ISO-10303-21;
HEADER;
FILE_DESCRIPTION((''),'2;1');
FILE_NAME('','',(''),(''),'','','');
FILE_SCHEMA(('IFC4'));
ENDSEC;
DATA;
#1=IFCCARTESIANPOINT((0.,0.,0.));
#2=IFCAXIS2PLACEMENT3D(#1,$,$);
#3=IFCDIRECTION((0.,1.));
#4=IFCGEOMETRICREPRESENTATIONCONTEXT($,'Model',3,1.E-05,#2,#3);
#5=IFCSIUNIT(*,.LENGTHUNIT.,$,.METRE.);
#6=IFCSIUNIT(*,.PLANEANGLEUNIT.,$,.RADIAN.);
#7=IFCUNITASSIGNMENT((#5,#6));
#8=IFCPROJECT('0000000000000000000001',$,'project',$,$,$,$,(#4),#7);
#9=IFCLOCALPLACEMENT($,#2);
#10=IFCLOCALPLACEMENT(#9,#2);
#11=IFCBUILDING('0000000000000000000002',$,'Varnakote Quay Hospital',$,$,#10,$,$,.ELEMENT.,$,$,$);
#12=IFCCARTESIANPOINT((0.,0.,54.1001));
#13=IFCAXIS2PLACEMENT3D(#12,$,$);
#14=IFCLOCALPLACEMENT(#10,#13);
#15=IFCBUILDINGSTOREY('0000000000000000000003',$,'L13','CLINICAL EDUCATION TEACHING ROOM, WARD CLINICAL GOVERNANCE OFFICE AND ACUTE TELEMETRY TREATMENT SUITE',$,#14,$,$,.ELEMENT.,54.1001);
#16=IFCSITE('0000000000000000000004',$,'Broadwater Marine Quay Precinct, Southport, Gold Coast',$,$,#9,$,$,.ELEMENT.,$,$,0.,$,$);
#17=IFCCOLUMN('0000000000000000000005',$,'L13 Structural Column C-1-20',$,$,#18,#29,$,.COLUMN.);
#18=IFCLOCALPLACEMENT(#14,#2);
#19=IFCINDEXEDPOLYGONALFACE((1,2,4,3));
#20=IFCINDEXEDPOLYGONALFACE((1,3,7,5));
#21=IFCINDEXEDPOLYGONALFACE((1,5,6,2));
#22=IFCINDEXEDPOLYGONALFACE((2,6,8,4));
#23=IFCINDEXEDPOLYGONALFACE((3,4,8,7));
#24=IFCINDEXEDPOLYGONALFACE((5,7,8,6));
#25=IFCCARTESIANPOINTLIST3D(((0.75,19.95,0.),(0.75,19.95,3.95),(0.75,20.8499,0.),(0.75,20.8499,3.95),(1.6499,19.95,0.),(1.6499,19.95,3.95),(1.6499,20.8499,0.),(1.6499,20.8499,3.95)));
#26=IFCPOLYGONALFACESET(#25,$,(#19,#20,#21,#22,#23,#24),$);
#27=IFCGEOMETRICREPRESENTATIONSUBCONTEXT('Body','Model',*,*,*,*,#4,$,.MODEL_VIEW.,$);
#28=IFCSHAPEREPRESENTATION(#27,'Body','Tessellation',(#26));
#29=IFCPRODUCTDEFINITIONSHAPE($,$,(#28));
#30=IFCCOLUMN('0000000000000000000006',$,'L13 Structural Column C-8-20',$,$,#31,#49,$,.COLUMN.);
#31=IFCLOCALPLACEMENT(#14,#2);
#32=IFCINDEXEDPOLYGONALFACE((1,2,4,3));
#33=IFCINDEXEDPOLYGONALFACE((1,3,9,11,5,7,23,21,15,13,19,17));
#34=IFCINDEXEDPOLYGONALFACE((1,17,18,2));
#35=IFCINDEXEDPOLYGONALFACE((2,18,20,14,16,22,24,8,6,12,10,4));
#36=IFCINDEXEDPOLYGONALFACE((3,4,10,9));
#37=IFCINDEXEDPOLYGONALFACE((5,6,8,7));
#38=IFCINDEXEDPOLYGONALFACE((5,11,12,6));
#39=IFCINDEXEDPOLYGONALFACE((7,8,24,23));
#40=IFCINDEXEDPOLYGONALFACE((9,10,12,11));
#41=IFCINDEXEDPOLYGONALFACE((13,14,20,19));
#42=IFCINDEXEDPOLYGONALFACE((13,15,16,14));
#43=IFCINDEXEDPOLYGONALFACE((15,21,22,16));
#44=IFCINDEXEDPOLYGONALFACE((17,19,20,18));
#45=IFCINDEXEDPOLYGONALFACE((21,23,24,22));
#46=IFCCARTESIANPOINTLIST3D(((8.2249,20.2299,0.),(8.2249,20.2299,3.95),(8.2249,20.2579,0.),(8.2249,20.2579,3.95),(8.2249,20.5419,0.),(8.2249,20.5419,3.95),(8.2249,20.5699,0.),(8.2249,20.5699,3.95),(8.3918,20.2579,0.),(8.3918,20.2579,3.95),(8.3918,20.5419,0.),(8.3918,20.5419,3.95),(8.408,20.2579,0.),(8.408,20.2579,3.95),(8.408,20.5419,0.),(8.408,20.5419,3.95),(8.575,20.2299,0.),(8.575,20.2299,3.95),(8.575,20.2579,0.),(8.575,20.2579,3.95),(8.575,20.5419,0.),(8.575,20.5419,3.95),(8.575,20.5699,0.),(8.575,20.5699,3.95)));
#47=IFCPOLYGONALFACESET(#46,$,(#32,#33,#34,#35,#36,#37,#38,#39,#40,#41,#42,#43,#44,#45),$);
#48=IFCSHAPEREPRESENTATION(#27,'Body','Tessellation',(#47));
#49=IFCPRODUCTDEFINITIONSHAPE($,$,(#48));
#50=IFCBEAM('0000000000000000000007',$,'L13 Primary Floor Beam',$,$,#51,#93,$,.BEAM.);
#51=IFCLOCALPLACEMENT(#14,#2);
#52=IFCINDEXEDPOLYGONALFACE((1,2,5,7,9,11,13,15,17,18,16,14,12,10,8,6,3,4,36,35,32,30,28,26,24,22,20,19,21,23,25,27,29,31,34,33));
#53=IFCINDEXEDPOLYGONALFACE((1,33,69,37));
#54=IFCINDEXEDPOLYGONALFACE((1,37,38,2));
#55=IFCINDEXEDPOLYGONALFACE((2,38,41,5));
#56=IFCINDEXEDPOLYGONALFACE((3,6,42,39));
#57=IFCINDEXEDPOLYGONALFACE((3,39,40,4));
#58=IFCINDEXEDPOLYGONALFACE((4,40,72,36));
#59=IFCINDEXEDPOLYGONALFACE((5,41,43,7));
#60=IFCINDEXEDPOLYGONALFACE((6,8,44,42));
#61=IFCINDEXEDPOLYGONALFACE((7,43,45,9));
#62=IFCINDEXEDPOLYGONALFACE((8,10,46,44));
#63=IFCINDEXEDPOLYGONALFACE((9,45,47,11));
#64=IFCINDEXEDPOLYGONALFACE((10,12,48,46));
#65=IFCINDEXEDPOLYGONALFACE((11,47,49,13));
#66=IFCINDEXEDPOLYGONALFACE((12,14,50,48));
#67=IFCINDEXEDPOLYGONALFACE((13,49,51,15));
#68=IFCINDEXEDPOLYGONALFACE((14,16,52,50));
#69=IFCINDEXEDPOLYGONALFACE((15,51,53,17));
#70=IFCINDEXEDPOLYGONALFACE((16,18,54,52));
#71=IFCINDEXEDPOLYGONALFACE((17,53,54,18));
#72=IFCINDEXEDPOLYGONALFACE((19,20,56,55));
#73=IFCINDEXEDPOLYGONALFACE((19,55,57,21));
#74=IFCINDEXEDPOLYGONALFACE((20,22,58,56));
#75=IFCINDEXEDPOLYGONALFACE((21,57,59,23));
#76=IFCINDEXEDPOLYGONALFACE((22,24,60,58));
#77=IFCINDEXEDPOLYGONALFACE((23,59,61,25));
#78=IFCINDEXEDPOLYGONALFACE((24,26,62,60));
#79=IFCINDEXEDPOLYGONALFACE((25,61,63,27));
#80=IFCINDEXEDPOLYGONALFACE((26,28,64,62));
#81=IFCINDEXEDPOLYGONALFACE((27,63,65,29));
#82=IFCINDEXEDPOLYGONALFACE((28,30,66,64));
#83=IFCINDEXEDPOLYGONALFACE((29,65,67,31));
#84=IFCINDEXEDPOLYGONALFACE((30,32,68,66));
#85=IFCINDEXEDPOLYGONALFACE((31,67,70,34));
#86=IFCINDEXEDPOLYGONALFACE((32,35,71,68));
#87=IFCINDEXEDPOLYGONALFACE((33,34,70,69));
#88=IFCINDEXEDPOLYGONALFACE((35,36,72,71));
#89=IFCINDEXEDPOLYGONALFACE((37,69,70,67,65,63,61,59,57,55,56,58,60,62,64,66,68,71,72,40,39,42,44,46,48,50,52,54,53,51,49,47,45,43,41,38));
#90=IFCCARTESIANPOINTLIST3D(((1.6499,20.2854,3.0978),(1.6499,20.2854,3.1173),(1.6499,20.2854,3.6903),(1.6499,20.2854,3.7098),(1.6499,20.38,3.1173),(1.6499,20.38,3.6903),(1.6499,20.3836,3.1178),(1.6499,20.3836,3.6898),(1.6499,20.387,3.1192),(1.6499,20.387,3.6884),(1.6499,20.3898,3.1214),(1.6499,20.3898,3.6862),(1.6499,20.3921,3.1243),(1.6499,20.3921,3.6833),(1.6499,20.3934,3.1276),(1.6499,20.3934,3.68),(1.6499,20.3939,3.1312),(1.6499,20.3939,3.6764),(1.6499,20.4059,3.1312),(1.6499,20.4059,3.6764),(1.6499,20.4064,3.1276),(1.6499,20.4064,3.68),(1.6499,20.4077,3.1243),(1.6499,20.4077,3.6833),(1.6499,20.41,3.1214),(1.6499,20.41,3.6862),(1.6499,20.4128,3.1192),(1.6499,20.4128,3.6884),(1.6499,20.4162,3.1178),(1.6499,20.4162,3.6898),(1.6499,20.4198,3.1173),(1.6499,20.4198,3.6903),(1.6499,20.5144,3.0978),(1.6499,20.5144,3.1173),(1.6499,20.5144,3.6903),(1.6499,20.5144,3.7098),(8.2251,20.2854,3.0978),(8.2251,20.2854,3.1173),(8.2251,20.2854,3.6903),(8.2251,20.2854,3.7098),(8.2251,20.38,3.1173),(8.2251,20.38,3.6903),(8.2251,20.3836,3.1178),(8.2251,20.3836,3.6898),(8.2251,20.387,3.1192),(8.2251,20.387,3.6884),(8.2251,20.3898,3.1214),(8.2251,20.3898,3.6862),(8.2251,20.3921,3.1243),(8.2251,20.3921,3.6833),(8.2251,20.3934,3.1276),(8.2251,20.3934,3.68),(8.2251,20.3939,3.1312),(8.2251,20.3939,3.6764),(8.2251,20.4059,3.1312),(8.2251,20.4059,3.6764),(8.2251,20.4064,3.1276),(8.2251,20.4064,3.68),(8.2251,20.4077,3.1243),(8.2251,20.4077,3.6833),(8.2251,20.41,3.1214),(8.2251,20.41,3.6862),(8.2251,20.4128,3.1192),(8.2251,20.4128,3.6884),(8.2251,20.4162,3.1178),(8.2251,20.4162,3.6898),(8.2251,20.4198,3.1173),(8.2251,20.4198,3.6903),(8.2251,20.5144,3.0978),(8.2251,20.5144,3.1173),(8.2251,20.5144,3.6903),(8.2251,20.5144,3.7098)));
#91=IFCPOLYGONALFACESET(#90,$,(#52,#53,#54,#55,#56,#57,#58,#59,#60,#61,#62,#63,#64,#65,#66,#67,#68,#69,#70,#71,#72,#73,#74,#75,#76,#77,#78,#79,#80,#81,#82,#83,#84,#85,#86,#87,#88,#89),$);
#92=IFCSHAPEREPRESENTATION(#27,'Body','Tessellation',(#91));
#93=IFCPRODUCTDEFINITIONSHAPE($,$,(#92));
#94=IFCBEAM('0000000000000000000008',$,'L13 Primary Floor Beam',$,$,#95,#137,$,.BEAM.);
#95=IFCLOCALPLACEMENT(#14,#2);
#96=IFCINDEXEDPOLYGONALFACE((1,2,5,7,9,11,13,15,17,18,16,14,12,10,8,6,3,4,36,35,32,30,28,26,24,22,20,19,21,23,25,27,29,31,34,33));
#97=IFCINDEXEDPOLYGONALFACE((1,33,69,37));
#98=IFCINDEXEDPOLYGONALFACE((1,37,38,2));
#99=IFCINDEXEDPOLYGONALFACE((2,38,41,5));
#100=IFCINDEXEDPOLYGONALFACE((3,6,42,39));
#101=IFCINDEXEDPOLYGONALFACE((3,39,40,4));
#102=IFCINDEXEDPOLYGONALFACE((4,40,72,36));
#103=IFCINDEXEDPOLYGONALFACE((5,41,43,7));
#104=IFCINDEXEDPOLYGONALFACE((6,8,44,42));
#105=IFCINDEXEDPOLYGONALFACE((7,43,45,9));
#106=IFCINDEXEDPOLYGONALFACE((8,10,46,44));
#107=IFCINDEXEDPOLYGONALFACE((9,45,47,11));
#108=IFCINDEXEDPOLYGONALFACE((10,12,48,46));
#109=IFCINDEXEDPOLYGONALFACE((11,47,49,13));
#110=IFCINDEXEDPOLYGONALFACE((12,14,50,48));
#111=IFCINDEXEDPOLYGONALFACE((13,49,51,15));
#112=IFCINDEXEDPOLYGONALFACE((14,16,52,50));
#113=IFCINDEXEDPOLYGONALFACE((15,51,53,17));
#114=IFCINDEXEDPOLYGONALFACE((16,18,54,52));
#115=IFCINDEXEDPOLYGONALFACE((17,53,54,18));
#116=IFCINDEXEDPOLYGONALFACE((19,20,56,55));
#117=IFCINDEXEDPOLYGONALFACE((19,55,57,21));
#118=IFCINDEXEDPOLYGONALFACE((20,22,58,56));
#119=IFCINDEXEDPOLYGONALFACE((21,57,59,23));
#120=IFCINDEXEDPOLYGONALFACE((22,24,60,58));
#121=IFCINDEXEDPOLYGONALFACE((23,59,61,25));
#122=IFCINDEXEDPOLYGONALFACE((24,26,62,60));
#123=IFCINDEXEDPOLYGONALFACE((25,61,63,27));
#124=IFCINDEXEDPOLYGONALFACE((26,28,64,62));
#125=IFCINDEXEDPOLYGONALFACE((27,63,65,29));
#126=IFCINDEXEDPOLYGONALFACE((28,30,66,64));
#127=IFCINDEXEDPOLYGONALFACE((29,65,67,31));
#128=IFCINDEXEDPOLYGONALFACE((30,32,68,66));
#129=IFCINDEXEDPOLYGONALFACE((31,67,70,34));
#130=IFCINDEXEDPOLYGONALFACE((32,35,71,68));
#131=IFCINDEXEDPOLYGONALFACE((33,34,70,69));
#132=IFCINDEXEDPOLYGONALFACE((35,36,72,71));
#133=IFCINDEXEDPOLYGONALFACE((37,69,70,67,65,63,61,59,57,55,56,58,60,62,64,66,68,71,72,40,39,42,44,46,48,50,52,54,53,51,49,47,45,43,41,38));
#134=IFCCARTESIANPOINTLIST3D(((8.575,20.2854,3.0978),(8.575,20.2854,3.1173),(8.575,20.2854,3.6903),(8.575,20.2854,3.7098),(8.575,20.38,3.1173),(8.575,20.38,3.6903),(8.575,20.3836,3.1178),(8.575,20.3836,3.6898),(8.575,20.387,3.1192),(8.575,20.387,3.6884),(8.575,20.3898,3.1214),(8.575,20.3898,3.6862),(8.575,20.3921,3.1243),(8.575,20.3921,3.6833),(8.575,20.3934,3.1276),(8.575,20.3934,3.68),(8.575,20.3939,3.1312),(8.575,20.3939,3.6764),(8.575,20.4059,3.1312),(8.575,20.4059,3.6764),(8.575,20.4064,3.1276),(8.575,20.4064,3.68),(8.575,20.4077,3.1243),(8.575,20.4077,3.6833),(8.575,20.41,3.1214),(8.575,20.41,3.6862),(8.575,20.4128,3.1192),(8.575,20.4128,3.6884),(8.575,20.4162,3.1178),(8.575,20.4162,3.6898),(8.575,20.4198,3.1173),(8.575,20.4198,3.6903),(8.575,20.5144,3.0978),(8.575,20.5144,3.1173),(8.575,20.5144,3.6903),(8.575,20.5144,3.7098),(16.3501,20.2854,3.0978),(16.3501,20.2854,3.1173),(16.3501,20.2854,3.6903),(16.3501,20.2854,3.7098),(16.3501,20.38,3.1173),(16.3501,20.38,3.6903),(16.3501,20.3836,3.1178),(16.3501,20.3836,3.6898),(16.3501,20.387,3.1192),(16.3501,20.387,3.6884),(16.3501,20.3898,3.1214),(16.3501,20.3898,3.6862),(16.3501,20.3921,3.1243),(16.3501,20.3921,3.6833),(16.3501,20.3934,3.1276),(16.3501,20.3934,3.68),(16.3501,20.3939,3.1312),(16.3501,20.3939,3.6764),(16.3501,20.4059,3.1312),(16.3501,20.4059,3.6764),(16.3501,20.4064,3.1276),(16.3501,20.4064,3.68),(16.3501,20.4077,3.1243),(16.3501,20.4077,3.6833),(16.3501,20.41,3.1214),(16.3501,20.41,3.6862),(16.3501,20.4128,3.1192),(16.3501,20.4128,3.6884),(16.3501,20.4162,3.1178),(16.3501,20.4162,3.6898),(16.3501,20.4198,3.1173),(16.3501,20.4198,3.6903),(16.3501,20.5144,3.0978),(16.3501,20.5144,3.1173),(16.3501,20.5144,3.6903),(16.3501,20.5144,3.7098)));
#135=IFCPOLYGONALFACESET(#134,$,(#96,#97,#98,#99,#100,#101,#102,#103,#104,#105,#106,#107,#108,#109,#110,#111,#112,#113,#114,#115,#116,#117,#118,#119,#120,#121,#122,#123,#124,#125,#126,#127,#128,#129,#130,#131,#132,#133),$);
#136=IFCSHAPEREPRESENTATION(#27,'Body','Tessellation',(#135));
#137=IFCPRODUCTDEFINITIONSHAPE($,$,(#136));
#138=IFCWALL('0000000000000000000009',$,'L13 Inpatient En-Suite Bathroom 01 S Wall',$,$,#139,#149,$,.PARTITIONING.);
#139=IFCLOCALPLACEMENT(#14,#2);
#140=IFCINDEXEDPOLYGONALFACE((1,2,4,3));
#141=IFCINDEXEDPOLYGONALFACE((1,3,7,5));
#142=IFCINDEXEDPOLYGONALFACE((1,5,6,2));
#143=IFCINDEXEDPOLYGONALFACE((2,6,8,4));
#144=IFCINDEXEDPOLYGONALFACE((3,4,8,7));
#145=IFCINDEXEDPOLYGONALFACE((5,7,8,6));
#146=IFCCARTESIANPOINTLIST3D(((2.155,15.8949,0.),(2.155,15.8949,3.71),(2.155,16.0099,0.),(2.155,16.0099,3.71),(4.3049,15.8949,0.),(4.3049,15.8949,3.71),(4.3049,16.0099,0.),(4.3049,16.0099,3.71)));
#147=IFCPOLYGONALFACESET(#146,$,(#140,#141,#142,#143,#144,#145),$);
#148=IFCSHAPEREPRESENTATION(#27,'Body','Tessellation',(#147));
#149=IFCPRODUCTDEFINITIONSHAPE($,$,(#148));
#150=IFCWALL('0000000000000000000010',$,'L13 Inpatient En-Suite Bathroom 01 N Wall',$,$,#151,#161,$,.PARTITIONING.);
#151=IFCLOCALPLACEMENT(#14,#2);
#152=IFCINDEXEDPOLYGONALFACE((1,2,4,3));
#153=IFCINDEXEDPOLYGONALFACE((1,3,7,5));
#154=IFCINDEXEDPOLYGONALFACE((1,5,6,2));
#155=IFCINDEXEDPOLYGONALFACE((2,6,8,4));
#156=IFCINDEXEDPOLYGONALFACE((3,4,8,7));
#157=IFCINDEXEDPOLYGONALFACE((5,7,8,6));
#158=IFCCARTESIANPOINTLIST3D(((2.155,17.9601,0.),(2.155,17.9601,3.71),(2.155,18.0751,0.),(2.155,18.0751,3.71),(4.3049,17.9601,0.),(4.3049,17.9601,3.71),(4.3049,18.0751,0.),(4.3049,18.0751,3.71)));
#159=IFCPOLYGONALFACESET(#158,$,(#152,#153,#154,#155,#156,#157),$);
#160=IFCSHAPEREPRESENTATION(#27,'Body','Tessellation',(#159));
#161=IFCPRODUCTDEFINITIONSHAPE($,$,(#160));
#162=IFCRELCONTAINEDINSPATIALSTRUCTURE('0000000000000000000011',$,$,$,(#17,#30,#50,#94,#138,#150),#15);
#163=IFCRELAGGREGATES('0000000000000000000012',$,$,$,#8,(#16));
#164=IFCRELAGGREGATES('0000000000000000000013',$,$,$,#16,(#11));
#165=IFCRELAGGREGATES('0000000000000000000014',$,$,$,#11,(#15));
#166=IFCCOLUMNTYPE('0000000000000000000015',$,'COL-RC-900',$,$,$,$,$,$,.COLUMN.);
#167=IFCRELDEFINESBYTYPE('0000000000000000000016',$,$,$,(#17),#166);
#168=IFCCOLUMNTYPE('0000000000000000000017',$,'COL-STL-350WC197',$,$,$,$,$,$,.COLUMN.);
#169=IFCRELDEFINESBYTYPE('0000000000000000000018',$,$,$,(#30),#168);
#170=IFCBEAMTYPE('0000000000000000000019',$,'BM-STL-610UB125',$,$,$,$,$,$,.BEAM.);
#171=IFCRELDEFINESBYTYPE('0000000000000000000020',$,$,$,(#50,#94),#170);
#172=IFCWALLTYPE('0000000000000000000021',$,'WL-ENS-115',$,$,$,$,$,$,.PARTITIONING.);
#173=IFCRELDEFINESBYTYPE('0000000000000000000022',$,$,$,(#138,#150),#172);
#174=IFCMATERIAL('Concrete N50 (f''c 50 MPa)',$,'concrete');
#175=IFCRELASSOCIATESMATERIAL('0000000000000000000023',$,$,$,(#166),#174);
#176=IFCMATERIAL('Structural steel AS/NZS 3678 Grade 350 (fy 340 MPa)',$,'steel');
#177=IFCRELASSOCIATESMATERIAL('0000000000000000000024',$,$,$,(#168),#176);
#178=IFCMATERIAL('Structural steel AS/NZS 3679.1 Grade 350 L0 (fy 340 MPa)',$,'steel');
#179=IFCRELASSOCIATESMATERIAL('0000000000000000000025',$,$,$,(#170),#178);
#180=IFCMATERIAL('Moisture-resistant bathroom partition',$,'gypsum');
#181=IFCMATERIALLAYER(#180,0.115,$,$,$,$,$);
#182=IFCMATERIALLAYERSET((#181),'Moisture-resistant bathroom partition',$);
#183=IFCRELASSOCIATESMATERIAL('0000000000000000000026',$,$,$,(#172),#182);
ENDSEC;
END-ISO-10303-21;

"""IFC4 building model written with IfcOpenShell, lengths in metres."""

from ifc_helpers import new_model, si_unit, direction, frame, frame_2d, origin, origin_2d, place, context, subcontext, project, spatial, rectangle, i_section, extrude, material, layer, layer_set, material_profile, profile_set, type_object, element, save


model = new_model("IFC4")

# Units and contexts
model_context = context("Model", 3, precision=1e-05, world=origin(), true_north=direction((0.0, 1.0)))
body_context = subcontext(model_context, "Body", "Model", "MODEL_VIEW")
ifc_project = project(units=[si_unit("LENGTHUNIT", "METRE"), si_unit("PLANEANGLEUNIT", "RADIAN")], contexts=[model_context])

# Site, building, storey
site_placement = place(None, origin())
site = spatial("IfcSite", under=ifc_project, at=site_placement, Name="Broadwater Marine Quay Precinct, Southport, Gold Coast", CompositionType="ELEMENT", RefElevation=0.0)
building_placement = place(site_placement, origin())
building = spatial("IfcBuilding", under=site, at=building_placement, Name="Varnakote Quay Hospital", CompositionType="ELEMENT")
storey_placement = place(building_placement, frame((0.0, 0.0, 54.1001)))
storey = spatial("IfcBuildingStorey", under=building, at=storey_placement, Name="L13", Description="CLINICAL EDUCATION TEACHING ROOM, WARD CLINICAL GOVERNANCE OFFICE AND ACUTE TELEMETRY TREATMENT SUITE", CompositionType="ELEMENT", Elevation=54.1001)

# Columns
ifc_material_1 = material(Name="Concrete N50 (f'c 50 MPa)", Category="concrete")
ifc_material_profile_1 = material_profile(ifc_material_1, rectangle(XDim=0.8999, YDim=0.8999, at=origin_2d()), Name="RC-COL-900x900")
ifc_profile_set_1 = profile_set([ifc_material_profile_1], Name="Concrete N50 (f'c 50 MPa)")
column_type_1 = type_object("IfcColumnType", Name="COL-RC-900", PredefinedType="COLUMN", material=ifc_profile_set_1)
column_1_placement = place(storey_placement, frame((1.2, 20.3999, 0.0), z_axis=(0.0, 0.0, 1.0), x_axis=(1.0, 0.0, 0.0)))
element("IfcColumn", 1, at=column_1_placement, inside=storey, type_object=column_type_1, Name="L13 Structural Column C-1-20", PredefinedType="COLUMN", context=body_context, shape_type="SweptSolid", body=[
    extrude(rectangle(XDim=0.8999, YDim=0.8999, at=origin_2d()), origin(), (0.0, 0.0, 1.0), 3.95),
])
ifc_material_2 = material(Name="Structural steel AS/NZS 3678 Grade 350 (fy 340 MPa)", Category="steel")
ifc_material_profile_2 = material_profile(ifc_material_2, i_section(OverallWidth=0.3501, OverallDepth=0.3401, WebThickness=0.0161, FlangeThickness=0.0281, at=origin_2d()), Name="350WC197")
ifc_profile_set_2 = profile_set([ifc_material_profile_2], Name="Structural steel AS/NZS 3678 Grade 350 (fy 340 MPa)")
column_type_2 = type_object("IfcColumnType", Name="COL-STL-350WC197", PredefinedType="COLUMN", material=ifc_profile_set_2)
column_2_placement = place(storey_placement, frame((8.3999, 20.3999, 0.0), z_axis=(0.0, 0.0, 1.0), x_axis=(1.0, 0.0, 0.0)))
element("IfcColumn", 2, at=column_2_placement, inside=storey, type_object=column_type_2, Name="L13 Structural Column C-8-20", PredefinedType="COLUMN", context=body_context, shape_type="SweptSolid", body=[
    extrude(i_section(OverallWidth=0.3501, OverallDepth=0.3401, WebThickness=0.0161, FlangeThickness=0.0281, at=origin_2d()), origin(), (0.0, 0.0, 1.0), 3.95),
])

# Beams
ifc_material_3 = material(Name="Structural steel AS/NZS 3679.1 Grade 350 L0 (fy 340 MPa)", Category="steel")
ifc_material_profile_3 = material_profile(ifc_material_3, i_section(OverallWidth=0.229, OverallDepth=0.6121, WebThickness=0.012, FlangeThickness=0.0195, FilletRadius=0.0139, at=origin_2d()), Name="610UB125")
ifc_profile_set_3 = profile_set([ifc_material_profile_3], Name="Structural steel AS/NZS 3679.1 Grade 350 L0 (fy 340 MPa)")
beam_type = type_object("IfcBeamType", Name="BM-STL-610UB125", PredefinedType="BEAM", material=ifc_profile_set_3)
beam_1_placement = place(storey_placement, frame((1.6499, 20.3999, 3.4038), z_axis=(1.0, 0.0, 0.0), x_axis=(0.0, 1.0, 0.0)))
element("IfcBeam", 3, at=beam_1_placement, inside=storey, type_object=beam_type, Name="L13 Primary Floor Beam", PredefinedType="BEAM", context=body_context, shape_type="SweptSolid", body=[
    extrude(i_section(OverallWidth=0.229, OverallDepth=0.6121, WebThickness=0.012, FlangeThickness=0.0195, FilletRadius=0.0139, at=origin_2d()), origin(), (0.0, 0.0, 1.0), 6.5752),
])
beam_2_placement = place(storey_placement, frame((8.575, 20.3999, 3.4038), z_axis=(1.0, 0.0, 0.0), x_axis=(0.0, 1.0, 0.0)))
element("IfcBeam", 4, at=beam_2_placement, inside=storey, type_object=beam_type, Name="L13 Primary Floor Beam", PredefinedType="BEAM", context=body_context, shape_type="SweptSolid", body=[
    extrude(i_section(OverallWidth=0.229, OverallDepth=0.6121, WebThickness=0.012, FlangeThickness=0.0195, FilletRadius=0.0139, at=origin_2d()), origin(), (0.0, 0.0, 1.0), 7.7751),
])

# Walls
ifc_material_4 = material(Name="Moisture-resistant bathroom partition", Category="gypsum")
ifc_layer_1 = layer(ifc_material_4, 0.115)
ifc_layer_set_1 = layer_set([ifc_layer_1], Name="Moisture-resistant bathroom partition")
wall_type_1 = type_object("IfcWallType", Name="WL-ENS-115", PredefinedType="PARTITIONING", material=ifc_layer_set_1)
for number, where, z_axis, x_axis, name in (
    (5, (2.155, 15.9524, 0.0), (0.0, 0.0, 1.0), (1.0, 0.0, 0.0), "L13 Inpatient En-Suite Bathroom 01 S Wall"),
    (6, (2.155, 18.0176, 0.0), (0.0, 0.0, 1.0), (1.0, 0.0, 0.0), "L13 Inpatient En-Suite Bathroom 01 N Wall"),
):
    element("IfcWall", number, at=place(storey_placement, frame(where, z_axis=z_axis, x_axis=x_axis)), inside=storey, type_object=wall_type_1, Name=name, PredefinedType="PARTITIONING", context=body_context, shape_type="SweptSolid", body=[
        extrude(rectangle(XDim=2.1499, YDim=0.115, at=frame_2d((1.075, 0.0))), origin(), (0.0, 0.0, 1.0), 3.71),
    ])

save(model, "model.ifc")
